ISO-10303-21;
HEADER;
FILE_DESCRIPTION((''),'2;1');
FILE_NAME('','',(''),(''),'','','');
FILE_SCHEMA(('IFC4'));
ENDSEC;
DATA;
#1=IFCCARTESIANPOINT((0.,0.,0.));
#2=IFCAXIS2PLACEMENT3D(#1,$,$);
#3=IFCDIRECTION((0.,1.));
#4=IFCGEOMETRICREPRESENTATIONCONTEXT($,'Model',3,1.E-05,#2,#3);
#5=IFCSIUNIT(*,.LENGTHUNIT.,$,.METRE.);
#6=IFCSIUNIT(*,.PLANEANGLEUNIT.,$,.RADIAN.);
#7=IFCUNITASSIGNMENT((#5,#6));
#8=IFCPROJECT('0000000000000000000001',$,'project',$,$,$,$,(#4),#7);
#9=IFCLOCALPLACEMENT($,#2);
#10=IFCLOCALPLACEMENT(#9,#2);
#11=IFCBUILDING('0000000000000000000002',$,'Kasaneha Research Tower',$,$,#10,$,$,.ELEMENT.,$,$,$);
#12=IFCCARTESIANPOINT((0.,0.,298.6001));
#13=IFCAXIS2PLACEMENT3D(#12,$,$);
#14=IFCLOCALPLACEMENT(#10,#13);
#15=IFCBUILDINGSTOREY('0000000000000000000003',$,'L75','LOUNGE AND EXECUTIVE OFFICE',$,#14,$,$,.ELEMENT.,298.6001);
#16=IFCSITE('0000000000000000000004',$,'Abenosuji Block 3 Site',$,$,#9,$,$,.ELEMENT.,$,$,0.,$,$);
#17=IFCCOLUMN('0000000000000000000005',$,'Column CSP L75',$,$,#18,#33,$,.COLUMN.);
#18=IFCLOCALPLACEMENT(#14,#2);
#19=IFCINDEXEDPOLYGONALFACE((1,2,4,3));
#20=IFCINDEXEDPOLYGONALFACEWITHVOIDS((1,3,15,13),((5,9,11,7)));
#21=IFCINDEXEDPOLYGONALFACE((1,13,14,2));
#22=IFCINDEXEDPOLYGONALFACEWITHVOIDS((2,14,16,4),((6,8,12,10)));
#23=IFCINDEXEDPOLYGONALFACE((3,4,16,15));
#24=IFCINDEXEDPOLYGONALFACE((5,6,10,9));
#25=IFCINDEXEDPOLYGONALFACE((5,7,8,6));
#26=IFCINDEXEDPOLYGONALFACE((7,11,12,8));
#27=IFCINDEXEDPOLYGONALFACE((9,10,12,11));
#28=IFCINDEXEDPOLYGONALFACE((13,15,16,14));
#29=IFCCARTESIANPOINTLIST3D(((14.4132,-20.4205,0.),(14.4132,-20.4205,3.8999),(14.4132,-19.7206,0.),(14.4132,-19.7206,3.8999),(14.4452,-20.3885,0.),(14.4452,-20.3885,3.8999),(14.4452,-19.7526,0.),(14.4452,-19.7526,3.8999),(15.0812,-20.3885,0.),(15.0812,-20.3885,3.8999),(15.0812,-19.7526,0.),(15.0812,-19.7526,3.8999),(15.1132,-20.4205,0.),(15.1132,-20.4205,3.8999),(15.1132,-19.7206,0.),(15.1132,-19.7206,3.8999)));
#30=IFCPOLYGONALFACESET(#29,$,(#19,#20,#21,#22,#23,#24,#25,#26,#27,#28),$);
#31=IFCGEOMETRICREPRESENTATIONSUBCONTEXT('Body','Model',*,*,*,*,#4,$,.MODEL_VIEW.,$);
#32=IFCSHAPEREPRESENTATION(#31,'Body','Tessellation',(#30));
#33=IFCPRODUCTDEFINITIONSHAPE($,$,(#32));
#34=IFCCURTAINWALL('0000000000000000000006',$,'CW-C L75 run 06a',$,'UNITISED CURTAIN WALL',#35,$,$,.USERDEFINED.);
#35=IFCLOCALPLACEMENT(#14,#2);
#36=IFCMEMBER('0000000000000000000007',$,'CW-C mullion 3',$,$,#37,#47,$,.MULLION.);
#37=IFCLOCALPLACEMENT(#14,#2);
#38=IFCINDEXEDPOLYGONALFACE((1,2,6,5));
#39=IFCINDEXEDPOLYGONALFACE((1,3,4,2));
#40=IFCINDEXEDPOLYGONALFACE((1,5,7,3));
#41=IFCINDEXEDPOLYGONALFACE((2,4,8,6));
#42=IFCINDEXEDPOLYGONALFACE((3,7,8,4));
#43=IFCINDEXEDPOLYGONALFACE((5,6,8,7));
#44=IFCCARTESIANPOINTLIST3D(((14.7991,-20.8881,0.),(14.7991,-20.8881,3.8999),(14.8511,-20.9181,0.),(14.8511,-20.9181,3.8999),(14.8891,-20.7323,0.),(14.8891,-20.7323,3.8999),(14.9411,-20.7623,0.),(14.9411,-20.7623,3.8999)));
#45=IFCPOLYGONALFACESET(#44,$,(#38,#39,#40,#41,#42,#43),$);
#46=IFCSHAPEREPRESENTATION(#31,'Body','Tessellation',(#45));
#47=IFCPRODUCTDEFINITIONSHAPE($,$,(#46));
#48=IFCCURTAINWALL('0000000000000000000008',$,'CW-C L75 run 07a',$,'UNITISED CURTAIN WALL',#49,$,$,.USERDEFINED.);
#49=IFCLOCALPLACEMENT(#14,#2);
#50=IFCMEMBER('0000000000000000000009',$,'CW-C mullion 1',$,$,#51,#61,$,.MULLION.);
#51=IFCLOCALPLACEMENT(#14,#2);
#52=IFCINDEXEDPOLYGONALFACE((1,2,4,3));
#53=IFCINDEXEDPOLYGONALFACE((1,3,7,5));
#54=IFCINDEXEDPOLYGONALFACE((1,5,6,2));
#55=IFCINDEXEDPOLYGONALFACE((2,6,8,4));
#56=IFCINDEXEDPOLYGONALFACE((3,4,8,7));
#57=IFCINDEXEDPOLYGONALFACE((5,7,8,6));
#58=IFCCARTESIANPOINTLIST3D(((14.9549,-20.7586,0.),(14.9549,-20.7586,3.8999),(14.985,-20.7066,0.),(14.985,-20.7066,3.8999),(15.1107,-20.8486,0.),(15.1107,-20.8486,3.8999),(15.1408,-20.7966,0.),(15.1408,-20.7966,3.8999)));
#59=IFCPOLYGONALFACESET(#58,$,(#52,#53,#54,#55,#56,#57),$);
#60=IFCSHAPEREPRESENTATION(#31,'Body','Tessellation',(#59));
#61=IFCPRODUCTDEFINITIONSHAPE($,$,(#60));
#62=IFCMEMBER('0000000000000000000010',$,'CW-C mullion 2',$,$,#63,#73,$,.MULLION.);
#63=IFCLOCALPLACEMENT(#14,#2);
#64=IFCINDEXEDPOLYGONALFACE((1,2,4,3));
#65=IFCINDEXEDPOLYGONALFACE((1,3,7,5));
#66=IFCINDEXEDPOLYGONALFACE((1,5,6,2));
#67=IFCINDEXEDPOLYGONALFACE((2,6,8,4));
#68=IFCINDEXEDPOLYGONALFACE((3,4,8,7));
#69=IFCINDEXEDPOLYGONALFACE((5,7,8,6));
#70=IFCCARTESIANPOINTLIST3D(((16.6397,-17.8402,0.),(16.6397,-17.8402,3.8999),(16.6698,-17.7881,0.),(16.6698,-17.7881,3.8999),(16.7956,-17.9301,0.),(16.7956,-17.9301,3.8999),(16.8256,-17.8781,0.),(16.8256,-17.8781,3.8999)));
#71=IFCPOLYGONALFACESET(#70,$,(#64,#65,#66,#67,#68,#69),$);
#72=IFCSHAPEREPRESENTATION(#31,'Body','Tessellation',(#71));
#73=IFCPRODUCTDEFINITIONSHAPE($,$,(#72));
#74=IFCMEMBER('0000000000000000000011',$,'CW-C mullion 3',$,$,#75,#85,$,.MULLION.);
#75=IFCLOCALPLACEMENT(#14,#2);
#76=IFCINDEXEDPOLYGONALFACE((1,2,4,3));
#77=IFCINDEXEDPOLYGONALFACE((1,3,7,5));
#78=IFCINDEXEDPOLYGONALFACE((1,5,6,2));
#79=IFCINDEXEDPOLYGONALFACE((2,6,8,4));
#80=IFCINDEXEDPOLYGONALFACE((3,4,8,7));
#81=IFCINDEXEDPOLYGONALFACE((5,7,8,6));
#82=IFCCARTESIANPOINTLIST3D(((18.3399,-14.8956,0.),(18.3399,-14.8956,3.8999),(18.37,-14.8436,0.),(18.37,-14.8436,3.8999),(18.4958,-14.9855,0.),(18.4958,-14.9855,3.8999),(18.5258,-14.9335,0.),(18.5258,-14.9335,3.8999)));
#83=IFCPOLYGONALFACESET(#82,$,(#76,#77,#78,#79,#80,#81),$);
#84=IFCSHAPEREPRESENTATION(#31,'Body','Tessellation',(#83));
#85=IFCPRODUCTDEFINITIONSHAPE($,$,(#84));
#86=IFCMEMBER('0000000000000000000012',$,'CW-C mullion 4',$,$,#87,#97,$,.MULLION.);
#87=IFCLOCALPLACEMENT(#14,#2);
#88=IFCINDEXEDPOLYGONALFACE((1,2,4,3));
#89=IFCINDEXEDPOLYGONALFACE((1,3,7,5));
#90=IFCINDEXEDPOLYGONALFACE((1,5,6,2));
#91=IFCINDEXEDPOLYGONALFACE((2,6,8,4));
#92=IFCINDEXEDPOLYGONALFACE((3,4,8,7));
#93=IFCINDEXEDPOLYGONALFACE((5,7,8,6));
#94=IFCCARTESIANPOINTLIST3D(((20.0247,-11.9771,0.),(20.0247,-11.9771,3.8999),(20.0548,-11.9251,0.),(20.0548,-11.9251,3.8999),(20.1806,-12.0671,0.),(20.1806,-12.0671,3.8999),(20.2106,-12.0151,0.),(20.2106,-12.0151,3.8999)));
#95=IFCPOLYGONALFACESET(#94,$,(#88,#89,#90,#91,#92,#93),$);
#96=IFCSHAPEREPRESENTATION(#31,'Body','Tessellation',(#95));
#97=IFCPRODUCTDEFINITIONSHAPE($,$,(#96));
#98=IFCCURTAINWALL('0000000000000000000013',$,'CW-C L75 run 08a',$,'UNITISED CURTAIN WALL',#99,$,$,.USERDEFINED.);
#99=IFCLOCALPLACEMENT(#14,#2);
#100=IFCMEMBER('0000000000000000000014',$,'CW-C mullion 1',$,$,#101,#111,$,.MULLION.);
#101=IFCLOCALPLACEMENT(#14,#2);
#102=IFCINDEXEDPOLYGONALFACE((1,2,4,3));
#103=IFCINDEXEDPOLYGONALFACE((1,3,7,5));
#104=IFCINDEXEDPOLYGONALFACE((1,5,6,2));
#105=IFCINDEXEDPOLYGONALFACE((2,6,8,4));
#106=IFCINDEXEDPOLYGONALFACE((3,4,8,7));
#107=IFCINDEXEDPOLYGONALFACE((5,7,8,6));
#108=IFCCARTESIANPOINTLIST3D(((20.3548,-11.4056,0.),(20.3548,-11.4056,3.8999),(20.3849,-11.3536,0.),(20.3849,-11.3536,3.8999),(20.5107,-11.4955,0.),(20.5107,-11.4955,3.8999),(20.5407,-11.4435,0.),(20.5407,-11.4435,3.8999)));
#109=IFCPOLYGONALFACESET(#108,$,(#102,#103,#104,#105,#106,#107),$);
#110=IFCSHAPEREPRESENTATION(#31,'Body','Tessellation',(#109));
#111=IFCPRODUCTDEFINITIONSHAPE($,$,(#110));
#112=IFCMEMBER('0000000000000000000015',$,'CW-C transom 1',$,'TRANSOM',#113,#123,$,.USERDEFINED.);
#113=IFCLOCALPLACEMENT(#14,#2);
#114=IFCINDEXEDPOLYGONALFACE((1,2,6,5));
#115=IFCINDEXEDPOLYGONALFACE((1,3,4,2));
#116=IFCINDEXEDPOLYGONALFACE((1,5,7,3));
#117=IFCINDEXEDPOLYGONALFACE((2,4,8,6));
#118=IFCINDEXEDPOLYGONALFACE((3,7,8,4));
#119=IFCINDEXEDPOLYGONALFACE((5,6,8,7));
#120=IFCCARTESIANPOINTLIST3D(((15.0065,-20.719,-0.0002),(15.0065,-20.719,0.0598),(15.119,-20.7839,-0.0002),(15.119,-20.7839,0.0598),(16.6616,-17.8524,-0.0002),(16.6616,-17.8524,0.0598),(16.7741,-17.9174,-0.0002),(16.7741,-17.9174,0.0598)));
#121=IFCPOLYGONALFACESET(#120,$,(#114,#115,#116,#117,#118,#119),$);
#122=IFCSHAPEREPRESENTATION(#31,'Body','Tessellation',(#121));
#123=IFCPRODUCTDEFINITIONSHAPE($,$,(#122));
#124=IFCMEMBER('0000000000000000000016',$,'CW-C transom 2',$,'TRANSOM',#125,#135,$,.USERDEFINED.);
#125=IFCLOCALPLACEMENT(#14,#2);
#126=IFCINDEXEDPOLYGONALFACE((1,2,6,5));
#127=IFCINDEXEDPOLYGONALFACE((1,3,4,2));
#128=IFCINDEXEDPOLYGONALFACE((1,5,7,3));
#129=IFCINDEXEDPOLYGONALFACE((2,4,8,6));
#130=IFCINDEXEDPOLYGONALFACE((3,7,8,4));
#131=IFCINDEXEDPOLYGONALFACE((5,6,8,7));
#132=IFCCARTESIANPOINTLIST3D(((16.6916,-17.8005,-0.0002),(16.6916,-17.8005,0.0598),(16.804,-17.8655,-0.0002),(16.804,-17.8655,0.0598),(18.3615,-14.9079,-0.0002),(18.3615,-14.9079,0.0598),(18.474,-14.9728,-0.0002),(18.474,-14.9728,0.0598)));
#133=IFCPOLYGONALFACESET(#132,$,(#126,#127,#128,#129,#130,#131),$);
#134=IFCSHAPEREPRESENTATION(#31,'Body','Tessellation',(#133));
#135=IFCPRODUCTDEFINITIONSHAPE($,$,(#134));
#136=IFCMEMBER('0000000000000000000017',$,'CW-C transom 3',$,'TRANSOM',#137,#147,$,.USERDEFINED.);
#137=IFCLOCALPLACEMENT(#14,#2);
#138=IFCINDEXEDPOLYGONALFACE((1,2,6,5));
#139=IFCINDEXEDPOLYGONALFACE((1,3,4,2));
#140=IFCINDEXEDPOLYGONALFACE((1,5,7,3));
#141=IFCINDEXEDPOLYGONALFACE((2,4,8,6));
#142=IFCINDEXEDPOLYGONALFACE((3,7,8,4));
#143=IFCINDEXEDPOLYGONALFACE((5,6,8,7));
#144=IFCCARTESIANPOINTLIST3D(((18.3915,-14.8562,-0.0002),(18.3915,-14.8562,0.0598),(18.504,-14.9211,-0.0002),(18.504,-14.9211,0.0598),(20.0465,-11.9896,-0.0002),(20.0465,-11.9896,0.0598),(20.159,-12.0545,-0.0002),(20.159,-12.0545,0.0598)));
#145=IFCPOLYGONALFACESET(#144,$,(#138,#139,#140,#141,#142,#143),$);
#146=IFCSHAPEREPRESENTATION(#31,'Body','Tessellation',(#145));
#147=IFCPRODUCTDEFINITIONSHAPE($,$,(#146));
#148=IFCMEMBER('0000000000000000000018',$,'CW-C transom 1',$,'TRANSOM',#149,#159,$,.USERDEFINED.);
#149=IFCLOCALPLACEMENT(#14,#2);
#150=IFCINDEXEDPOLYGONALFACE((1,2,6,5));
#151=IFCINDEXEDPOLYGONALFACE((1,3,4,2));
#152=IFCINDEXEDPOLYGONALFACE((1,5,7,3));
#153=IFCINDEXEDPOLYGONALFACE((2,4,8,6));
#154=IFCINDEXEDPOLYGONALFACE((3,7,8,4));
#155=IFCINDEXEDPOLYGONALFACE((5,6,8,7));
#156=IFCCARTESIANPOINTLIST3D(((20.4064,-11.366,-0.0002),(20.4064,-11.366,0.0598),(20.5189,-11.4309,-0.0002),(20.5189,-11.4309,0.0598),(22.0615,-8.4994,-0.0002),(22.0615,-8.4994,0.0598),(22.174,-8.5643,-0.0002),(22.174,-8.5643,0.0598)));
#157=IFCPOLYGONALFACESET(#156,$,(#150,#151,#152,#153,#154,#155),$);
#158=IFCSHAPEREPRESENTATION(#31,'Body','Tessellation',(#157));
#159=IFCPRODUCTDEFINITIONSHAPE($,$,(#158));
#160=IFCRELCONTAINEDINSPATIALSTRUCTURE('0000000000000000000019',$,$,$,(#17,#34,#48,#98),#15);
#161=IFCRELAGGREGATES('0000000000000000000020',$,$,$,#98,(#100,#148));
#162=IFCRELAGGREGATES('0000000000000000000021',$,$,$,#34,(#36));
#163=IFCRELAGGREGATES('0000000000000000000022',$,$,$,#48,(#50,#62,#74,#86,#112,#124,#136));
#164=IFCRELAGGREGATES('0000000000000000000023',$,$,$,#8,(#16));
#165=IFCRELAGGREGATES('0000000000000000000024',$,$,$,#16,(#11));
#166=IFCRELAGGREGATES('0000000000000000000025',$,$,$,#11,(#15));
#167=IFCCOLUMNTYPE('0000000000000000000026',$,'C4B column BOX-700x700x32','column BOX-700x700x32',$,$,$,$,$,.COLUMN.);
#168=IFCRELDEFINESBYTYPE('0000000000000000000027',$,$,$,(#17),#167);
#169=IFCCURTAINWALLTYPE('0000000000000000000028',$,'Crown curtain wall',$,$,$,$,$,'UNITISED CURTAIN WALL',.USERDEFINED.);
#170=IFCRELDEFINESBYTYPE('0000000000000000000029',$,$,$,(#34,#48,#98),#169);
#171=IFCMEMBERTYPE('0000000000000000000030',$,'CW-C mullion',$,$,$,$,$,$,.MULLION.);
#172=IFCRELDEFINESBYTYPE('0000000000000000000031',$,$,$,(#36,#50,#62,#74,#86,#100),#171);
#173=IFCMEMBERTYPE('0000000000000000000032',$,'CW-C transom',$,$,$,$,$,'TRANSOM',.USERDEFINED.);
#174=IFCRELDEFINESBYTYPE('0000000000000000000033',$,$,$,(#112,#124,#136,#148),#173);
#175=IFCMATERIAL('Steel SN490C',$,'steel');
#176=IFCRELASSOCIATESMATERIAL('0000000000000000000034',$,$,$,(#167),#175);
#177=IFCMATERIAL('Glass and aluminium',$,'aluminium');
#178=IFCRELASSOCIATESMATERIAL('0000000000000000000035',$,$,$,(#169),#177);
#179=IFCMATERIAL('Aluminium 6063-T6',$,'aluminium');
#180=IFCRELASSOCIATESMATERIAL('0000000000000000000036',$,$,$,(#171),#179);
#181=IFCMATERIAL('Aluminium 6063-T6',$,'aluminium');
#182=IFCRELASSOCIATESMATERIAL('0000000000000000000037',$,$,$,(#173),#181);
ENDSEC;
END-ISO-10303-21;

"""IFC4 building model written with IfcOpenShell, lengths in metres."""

from ifc_helpers import new_model, si_unit, direction, frame, origin, origin_2d, place, context, subcontext, project, spatial, rectangle, hollow_rectangle, extrude, material, material_profile, profile_set, type_object, element, aggregate, save


model = new_model("IFC4")

# Units and contexts
model_context = context("Model", 3, precision=1e-05, world=origin(), true_north=direction((0.0, 1.0)))
body_context = subcontext(model_context, "Body", "Model", "MODEL_VIEW")
ifc_project = project(units=[si_unit("LENGTHUNIT", "METRE"), si_unit("PLANEANGLEUNIT", "RADIAN")], contexts=[model_context])

# Site, building, storey
site_placement = place(None, origin())
site = spatial("IfcSite", under=ifc_project, at=site_placement, Name="Abenosuji Block 3 Site", CompositionType="ELEMENT", RefElevation=0.0)
building_placement = place(site_placement, origin())
building = spatial("IfcBuilding", under=site, at=building_placement, Name="Kasaneha Research Tower", CompositionType="ELEMENT")
storey_placement = place(building_placement, frame((0.0, 0.0, 298.6001)))
storey = spatial("IfcBuildingStorey", under=building, at=storey_placement, Name="L75", Description="LOUNGE AND EXECUTIVE OFFICE", CompositionType="ELEMENT", Elevation=298.6001)

# Column
ifc_material_1 = material(Name="Steel SN490C", Category="steel")
ifc_material_profile_1 = material_profile(ifc_material_1, hollow_rectangle(XDim=0.7, YDim=0.7, WallThickness=0.032, at=origin_2d()), Name="BOX-700x700x32")
ifc_profile_set_1 = profile_set([ifc_material_profile_1], Name="Steel SN490C")
column_type = type_object("IfcColumnType", Name="C4B column BOX-700x700x32", Description="column BOX-700x700x32", PredefinedType="COLUMN", material=ifc_profile_set_1)
column_placement = place(storey_placement, frame((14.7632, -20.0706, 0.0), z_axis=(0.0, 0.0, 1.0), x_axis=(1.0, 0.0, 0.0)))
element("IfcColumn", 1, at=column_placement, inside=storey, type_object=column_type, Name="Column CSP L75", PredefinedType="COLUMN", context=body_context, shape_type="SweptSolid", body=[
    extrude(hollow_rectangle(XDim=0.7, YDim=0.7, WallThickness=0.032, at=origin_2d()), origin(), (0.0, 0.0, 1.0), 3.8999),
])

# Curtain wall, member
ifc_material_2 = material(Name="Glass and aluminium", Category="aluminium")
curtain_wall_type = type_object("IfcCurtainWallType", Name="Crown curtain wall", ElementType="UNITISED CURTAIN WALL", PredefinedType="USERDEFINED", material=ifc_material_2)
curtain_wall_1_placement = place(storey_placement, origin())
curtain_wall_1 = element("IfcCurtainWall", 2, at=curtain_wall_1_placement, inside=storey, type_object=curtain_wall_type, Name="CW-C L75 run 06a", ObjectType="UNITISED CURTAIN WALL", PredefinedType="USERDEFINED")
ifc_material_3 = material(Name="Aluminium 6063-T6", Category="aluminium")
ifc_material_profile_2 = material_profile(ifc_material_3, rectangle(XDim=0.0601, YDim=0.1799, at=origin_2d()), Name="CW-C mullion 60x180")
ifc_profile_set_2 = profile_set([ifc_material_profile_2], Name="Aluminium 6063-T6")
member_type_1 = type_object("IfcMemberType", Name="CW-C mullion", PredefinedType="MULLION", material=ifc_profile_set_2)
member_1_placement = place(storey_placement, frame((14.8701, -20.8252, 0.0), z_axis=(0.0, 0.0, 1.0), x_axis=(0.866025, -0.5, 0.0)))
member_1 = element("IfcMember", 3, at=member_1_placement, type_object=member_type_1, Name="CW-C mullion 3", PredefinedType="MULLION", context=body_context, shape_type="SweptSolid", body=[
    extrude(rectangle(XDim=0.0601, YDim=0.1799, at=origin_2d()), origin(), (0.0, 0.0, 1.0), 3.8999),
])

# Curtain wall, members
curtain_wall_2_placement = place(storey_placement, origin())
curtain_wall_2 = element("IfcCurtainWall", 4, at=curtain_wall_2_placement, inside=storey, type_object=curtain_wall_type, Name="CW-C L75 run 07a", ObjectType="UNITISED CURTAIN WALL", PredefinedType="USERDEFINED")
member_2_placement = place(storey_placement, frame((15.0479, -20.7776, 0.0), z_axis=(0.0, 0.0, 1.0), x_axis=(0.5, 0.866025, 0.0)))
member_2 = element("IfcMember", 5, at=member_2_placement, type_object=member_type_1, Name="CW-C mullion 1", PredefinedType="MULLION", context=body_context, shape_type="SweptSolid", body=[
    extrude(rectangle(XDim=0.0601, YDim=0.1799, at=origin_2d()), origin(), (0.0, 0.0, 1.0), 3.8999),
])
member_3_placement = place(storey_placement, frame((16.7327, -17.8591, 0.0), z_axis=(0.0, 0.0, 1.0), x_axis=(0.5, 0.866025, 0.0)))
member_3 = element("IfcMember", 6, at=member_3_placement, type_object=member_type_1, Name="CW-C mullion 2", PredefinedType="MULLION", context=body_context, shape_type="SweptSolid", body=[
    extrude(rectangle(XDim=0.0601, YDim=0.1799, at=origin_2d()), origin(), (0.0, 0.0, 1.0), 3.8999),
])
member_4_placement = place(storey_placement, frame((18.4329, -14.9146, 0.0), z_axis=(0.0, 0.0, 1.0), x_axis=(0.5, 0.866025, 0.0)))
member_4 = element("IfcMember", 7, at=member_4_placement, type_object=member_type_1, Name="CW-C mullion 3", PredefinedType="MULLION", context=body_context, shape_type="SweptSolid", body=[
    extrude(rectangle(XDim=0.0601, YDim=0.1799, at=origin_2d()), origin(), (0.0, 0.0, 1.0), 3.8999),
])
member_5_placement = place(storey_placement, frame((20.1177, -11.9961, 0.0), z_axis=(0.0, 0.0, 1.0), x_axis=(0.5, 0.866025, 0.0)))
member_5 = element("IfcMember", 8, at=member_5_placement, type_object=member_type_1, Name="CW-C mullion 4", PredefinedType="MULLION", context=body_context, shape_type="SweptSolid", body=[
    extrude(rectangle(XDim=0.0601, YDim=0.1799, at=origin_2d()), origin(), (0.0, 0.0, 1.0), 3.8999),
])

# Curtain wall, member
curtain_wall_3_placement = place(storey_placement, origin())
curtain_wall_3 = element("IfcCurtainWall", 9, at=curtain_wall_3_placement, inside=storey, type_object=curtain_wall_type, Name="CW-C L75 run 08a", ObjectType="UNITISED CURTAIN WALL", PredefinedType="USERDEFINED")
member_6_placement = place(storey_placement, frame((20.4478, -11.4246, 0.0), z_axis=(0.0, 0.0, 1.0), x_axis=(0.5, 0.866025, 0.0)))
member_6 = element("IfcMember", 10, at=member_6_placement, type_object=member_type_1, Name="CW-C mullion 1", PredefinedType="MULLION", context=body_context, shape_type="SweptSolid", body=[
    extrude(rectangle(XDim=0.0601, YDim=0.1799, at=origin_2d()), origin(), (0.0, 0.0, 1.0), 3.8999),
])

# Members
ifc_material_4 = material(Name="Aluminium 6063-T6", Category="aluminium")
ifc_material_profile_3 = material_profile(ifc_material_4, rectangle(XDim=0.1299, YDim=0.0601, at=origin_2d()), Name="CW-C transom 130x60")
ifc_profile_set_3 = profile_set([ifc_material_profile_3], Name="Aluminium 6063-T6")
member_type_2 = type_object("IfcMemberType", Name="CW-C transom", ElementType="TRANSOM", PredefinedType="USERDEFINED", material=ifc_profile_set_3)
member_7_placement = place(storey_placement, frame((15.0627, -20.7515, 0.0298), z_axis=(0.500018, 0.866015, 0.0), x_axis=(-0.866015, 0.500018, 0.0)))
member_7 = element("IfcMember", 11, at=member_7_placement, type_object=member_type_2, Name="CW-C transom 1", ObjectType="TRANSOM", PredefinedType="USERDEFINED", context=body_context, shape_type="SweptSolid", body=[
    extrude(rectangle(XDim=0.1299, YDim=0.0601, at=origin_2d()), origin(), (0.0, 0.0, 1.0), 3.3101),
])
member_8_placement = place(storey_placement, frame((16.7478, -17.833, 0.0298), z_axis=(0.499976, 0.86604, 0.0), x_axis=(-0.86604, 0.499976, 0.0)))
member_8 = element("IfcMember", 12, at=member_8_placement, type_object=member_type_2, Name="CW-C transom 2", ObjectType="TRANSOM", PredefinedType="USERDEFINED", context=body_context, shape_type="SweptSolid", body=[
    extrude(rectangle(XDim=0.1299, YDim=0.0601, at=origin_2d()), origin(), (0.0, 0.0, 1.0), 3.3401),
])
member_9_placement = place(storey_placement, frame((18.4478, -14.8887, 0.0298), z_axis=(0.499986, 0.866033, 0.0), x_axis=(-0.866033, 0.499986, 0.0)))
member_9 = element("IfcMember", 13, at=member_9_placement, type_object=member_type_2, Name="CW-C transom 3", ObjectType="TRANSOM", PredefinedType="USERDEFINED", context=body_context, shape_type="SweptSolid", body=[
    extrude(rectangle(XDim=0.1299, YDim=0.0601, at=origin_2d()), origin(), (0.0, 0.0, 1.0), 3.3101),
])
member_10_placement = place(storey_placement, frame((20.4626, -11.3984, 0.0298), z_axis=(0.500018, 0.866015, 0.0), x_axis=(-0.866015, 0.500018, 0.0)))
member_10 = element("IfcMember", 14, at=member_10_placement, type_object=member_type_2, Name="CW-C transom 1", ObjectType="TRANSOM", PredefinedType="USERDEFINED", context=body_context, shape_type="SweptSolid", body=[
    extrude(rectangle(XDim=0.1299, YDim=0.0601, at=origin_2d()), origin(), (0.0, 0.0, 1.0), 3.3101),
])
aggregate(curtain_wall_3, [member_6, member_10])

aggregate(curtain_wall_1, [member_1])
aggregate(curtain_wall_2, [member_2, member_3, member_4, member_5, member_7, member_8, member_9])

save(model, "model.ifc")
